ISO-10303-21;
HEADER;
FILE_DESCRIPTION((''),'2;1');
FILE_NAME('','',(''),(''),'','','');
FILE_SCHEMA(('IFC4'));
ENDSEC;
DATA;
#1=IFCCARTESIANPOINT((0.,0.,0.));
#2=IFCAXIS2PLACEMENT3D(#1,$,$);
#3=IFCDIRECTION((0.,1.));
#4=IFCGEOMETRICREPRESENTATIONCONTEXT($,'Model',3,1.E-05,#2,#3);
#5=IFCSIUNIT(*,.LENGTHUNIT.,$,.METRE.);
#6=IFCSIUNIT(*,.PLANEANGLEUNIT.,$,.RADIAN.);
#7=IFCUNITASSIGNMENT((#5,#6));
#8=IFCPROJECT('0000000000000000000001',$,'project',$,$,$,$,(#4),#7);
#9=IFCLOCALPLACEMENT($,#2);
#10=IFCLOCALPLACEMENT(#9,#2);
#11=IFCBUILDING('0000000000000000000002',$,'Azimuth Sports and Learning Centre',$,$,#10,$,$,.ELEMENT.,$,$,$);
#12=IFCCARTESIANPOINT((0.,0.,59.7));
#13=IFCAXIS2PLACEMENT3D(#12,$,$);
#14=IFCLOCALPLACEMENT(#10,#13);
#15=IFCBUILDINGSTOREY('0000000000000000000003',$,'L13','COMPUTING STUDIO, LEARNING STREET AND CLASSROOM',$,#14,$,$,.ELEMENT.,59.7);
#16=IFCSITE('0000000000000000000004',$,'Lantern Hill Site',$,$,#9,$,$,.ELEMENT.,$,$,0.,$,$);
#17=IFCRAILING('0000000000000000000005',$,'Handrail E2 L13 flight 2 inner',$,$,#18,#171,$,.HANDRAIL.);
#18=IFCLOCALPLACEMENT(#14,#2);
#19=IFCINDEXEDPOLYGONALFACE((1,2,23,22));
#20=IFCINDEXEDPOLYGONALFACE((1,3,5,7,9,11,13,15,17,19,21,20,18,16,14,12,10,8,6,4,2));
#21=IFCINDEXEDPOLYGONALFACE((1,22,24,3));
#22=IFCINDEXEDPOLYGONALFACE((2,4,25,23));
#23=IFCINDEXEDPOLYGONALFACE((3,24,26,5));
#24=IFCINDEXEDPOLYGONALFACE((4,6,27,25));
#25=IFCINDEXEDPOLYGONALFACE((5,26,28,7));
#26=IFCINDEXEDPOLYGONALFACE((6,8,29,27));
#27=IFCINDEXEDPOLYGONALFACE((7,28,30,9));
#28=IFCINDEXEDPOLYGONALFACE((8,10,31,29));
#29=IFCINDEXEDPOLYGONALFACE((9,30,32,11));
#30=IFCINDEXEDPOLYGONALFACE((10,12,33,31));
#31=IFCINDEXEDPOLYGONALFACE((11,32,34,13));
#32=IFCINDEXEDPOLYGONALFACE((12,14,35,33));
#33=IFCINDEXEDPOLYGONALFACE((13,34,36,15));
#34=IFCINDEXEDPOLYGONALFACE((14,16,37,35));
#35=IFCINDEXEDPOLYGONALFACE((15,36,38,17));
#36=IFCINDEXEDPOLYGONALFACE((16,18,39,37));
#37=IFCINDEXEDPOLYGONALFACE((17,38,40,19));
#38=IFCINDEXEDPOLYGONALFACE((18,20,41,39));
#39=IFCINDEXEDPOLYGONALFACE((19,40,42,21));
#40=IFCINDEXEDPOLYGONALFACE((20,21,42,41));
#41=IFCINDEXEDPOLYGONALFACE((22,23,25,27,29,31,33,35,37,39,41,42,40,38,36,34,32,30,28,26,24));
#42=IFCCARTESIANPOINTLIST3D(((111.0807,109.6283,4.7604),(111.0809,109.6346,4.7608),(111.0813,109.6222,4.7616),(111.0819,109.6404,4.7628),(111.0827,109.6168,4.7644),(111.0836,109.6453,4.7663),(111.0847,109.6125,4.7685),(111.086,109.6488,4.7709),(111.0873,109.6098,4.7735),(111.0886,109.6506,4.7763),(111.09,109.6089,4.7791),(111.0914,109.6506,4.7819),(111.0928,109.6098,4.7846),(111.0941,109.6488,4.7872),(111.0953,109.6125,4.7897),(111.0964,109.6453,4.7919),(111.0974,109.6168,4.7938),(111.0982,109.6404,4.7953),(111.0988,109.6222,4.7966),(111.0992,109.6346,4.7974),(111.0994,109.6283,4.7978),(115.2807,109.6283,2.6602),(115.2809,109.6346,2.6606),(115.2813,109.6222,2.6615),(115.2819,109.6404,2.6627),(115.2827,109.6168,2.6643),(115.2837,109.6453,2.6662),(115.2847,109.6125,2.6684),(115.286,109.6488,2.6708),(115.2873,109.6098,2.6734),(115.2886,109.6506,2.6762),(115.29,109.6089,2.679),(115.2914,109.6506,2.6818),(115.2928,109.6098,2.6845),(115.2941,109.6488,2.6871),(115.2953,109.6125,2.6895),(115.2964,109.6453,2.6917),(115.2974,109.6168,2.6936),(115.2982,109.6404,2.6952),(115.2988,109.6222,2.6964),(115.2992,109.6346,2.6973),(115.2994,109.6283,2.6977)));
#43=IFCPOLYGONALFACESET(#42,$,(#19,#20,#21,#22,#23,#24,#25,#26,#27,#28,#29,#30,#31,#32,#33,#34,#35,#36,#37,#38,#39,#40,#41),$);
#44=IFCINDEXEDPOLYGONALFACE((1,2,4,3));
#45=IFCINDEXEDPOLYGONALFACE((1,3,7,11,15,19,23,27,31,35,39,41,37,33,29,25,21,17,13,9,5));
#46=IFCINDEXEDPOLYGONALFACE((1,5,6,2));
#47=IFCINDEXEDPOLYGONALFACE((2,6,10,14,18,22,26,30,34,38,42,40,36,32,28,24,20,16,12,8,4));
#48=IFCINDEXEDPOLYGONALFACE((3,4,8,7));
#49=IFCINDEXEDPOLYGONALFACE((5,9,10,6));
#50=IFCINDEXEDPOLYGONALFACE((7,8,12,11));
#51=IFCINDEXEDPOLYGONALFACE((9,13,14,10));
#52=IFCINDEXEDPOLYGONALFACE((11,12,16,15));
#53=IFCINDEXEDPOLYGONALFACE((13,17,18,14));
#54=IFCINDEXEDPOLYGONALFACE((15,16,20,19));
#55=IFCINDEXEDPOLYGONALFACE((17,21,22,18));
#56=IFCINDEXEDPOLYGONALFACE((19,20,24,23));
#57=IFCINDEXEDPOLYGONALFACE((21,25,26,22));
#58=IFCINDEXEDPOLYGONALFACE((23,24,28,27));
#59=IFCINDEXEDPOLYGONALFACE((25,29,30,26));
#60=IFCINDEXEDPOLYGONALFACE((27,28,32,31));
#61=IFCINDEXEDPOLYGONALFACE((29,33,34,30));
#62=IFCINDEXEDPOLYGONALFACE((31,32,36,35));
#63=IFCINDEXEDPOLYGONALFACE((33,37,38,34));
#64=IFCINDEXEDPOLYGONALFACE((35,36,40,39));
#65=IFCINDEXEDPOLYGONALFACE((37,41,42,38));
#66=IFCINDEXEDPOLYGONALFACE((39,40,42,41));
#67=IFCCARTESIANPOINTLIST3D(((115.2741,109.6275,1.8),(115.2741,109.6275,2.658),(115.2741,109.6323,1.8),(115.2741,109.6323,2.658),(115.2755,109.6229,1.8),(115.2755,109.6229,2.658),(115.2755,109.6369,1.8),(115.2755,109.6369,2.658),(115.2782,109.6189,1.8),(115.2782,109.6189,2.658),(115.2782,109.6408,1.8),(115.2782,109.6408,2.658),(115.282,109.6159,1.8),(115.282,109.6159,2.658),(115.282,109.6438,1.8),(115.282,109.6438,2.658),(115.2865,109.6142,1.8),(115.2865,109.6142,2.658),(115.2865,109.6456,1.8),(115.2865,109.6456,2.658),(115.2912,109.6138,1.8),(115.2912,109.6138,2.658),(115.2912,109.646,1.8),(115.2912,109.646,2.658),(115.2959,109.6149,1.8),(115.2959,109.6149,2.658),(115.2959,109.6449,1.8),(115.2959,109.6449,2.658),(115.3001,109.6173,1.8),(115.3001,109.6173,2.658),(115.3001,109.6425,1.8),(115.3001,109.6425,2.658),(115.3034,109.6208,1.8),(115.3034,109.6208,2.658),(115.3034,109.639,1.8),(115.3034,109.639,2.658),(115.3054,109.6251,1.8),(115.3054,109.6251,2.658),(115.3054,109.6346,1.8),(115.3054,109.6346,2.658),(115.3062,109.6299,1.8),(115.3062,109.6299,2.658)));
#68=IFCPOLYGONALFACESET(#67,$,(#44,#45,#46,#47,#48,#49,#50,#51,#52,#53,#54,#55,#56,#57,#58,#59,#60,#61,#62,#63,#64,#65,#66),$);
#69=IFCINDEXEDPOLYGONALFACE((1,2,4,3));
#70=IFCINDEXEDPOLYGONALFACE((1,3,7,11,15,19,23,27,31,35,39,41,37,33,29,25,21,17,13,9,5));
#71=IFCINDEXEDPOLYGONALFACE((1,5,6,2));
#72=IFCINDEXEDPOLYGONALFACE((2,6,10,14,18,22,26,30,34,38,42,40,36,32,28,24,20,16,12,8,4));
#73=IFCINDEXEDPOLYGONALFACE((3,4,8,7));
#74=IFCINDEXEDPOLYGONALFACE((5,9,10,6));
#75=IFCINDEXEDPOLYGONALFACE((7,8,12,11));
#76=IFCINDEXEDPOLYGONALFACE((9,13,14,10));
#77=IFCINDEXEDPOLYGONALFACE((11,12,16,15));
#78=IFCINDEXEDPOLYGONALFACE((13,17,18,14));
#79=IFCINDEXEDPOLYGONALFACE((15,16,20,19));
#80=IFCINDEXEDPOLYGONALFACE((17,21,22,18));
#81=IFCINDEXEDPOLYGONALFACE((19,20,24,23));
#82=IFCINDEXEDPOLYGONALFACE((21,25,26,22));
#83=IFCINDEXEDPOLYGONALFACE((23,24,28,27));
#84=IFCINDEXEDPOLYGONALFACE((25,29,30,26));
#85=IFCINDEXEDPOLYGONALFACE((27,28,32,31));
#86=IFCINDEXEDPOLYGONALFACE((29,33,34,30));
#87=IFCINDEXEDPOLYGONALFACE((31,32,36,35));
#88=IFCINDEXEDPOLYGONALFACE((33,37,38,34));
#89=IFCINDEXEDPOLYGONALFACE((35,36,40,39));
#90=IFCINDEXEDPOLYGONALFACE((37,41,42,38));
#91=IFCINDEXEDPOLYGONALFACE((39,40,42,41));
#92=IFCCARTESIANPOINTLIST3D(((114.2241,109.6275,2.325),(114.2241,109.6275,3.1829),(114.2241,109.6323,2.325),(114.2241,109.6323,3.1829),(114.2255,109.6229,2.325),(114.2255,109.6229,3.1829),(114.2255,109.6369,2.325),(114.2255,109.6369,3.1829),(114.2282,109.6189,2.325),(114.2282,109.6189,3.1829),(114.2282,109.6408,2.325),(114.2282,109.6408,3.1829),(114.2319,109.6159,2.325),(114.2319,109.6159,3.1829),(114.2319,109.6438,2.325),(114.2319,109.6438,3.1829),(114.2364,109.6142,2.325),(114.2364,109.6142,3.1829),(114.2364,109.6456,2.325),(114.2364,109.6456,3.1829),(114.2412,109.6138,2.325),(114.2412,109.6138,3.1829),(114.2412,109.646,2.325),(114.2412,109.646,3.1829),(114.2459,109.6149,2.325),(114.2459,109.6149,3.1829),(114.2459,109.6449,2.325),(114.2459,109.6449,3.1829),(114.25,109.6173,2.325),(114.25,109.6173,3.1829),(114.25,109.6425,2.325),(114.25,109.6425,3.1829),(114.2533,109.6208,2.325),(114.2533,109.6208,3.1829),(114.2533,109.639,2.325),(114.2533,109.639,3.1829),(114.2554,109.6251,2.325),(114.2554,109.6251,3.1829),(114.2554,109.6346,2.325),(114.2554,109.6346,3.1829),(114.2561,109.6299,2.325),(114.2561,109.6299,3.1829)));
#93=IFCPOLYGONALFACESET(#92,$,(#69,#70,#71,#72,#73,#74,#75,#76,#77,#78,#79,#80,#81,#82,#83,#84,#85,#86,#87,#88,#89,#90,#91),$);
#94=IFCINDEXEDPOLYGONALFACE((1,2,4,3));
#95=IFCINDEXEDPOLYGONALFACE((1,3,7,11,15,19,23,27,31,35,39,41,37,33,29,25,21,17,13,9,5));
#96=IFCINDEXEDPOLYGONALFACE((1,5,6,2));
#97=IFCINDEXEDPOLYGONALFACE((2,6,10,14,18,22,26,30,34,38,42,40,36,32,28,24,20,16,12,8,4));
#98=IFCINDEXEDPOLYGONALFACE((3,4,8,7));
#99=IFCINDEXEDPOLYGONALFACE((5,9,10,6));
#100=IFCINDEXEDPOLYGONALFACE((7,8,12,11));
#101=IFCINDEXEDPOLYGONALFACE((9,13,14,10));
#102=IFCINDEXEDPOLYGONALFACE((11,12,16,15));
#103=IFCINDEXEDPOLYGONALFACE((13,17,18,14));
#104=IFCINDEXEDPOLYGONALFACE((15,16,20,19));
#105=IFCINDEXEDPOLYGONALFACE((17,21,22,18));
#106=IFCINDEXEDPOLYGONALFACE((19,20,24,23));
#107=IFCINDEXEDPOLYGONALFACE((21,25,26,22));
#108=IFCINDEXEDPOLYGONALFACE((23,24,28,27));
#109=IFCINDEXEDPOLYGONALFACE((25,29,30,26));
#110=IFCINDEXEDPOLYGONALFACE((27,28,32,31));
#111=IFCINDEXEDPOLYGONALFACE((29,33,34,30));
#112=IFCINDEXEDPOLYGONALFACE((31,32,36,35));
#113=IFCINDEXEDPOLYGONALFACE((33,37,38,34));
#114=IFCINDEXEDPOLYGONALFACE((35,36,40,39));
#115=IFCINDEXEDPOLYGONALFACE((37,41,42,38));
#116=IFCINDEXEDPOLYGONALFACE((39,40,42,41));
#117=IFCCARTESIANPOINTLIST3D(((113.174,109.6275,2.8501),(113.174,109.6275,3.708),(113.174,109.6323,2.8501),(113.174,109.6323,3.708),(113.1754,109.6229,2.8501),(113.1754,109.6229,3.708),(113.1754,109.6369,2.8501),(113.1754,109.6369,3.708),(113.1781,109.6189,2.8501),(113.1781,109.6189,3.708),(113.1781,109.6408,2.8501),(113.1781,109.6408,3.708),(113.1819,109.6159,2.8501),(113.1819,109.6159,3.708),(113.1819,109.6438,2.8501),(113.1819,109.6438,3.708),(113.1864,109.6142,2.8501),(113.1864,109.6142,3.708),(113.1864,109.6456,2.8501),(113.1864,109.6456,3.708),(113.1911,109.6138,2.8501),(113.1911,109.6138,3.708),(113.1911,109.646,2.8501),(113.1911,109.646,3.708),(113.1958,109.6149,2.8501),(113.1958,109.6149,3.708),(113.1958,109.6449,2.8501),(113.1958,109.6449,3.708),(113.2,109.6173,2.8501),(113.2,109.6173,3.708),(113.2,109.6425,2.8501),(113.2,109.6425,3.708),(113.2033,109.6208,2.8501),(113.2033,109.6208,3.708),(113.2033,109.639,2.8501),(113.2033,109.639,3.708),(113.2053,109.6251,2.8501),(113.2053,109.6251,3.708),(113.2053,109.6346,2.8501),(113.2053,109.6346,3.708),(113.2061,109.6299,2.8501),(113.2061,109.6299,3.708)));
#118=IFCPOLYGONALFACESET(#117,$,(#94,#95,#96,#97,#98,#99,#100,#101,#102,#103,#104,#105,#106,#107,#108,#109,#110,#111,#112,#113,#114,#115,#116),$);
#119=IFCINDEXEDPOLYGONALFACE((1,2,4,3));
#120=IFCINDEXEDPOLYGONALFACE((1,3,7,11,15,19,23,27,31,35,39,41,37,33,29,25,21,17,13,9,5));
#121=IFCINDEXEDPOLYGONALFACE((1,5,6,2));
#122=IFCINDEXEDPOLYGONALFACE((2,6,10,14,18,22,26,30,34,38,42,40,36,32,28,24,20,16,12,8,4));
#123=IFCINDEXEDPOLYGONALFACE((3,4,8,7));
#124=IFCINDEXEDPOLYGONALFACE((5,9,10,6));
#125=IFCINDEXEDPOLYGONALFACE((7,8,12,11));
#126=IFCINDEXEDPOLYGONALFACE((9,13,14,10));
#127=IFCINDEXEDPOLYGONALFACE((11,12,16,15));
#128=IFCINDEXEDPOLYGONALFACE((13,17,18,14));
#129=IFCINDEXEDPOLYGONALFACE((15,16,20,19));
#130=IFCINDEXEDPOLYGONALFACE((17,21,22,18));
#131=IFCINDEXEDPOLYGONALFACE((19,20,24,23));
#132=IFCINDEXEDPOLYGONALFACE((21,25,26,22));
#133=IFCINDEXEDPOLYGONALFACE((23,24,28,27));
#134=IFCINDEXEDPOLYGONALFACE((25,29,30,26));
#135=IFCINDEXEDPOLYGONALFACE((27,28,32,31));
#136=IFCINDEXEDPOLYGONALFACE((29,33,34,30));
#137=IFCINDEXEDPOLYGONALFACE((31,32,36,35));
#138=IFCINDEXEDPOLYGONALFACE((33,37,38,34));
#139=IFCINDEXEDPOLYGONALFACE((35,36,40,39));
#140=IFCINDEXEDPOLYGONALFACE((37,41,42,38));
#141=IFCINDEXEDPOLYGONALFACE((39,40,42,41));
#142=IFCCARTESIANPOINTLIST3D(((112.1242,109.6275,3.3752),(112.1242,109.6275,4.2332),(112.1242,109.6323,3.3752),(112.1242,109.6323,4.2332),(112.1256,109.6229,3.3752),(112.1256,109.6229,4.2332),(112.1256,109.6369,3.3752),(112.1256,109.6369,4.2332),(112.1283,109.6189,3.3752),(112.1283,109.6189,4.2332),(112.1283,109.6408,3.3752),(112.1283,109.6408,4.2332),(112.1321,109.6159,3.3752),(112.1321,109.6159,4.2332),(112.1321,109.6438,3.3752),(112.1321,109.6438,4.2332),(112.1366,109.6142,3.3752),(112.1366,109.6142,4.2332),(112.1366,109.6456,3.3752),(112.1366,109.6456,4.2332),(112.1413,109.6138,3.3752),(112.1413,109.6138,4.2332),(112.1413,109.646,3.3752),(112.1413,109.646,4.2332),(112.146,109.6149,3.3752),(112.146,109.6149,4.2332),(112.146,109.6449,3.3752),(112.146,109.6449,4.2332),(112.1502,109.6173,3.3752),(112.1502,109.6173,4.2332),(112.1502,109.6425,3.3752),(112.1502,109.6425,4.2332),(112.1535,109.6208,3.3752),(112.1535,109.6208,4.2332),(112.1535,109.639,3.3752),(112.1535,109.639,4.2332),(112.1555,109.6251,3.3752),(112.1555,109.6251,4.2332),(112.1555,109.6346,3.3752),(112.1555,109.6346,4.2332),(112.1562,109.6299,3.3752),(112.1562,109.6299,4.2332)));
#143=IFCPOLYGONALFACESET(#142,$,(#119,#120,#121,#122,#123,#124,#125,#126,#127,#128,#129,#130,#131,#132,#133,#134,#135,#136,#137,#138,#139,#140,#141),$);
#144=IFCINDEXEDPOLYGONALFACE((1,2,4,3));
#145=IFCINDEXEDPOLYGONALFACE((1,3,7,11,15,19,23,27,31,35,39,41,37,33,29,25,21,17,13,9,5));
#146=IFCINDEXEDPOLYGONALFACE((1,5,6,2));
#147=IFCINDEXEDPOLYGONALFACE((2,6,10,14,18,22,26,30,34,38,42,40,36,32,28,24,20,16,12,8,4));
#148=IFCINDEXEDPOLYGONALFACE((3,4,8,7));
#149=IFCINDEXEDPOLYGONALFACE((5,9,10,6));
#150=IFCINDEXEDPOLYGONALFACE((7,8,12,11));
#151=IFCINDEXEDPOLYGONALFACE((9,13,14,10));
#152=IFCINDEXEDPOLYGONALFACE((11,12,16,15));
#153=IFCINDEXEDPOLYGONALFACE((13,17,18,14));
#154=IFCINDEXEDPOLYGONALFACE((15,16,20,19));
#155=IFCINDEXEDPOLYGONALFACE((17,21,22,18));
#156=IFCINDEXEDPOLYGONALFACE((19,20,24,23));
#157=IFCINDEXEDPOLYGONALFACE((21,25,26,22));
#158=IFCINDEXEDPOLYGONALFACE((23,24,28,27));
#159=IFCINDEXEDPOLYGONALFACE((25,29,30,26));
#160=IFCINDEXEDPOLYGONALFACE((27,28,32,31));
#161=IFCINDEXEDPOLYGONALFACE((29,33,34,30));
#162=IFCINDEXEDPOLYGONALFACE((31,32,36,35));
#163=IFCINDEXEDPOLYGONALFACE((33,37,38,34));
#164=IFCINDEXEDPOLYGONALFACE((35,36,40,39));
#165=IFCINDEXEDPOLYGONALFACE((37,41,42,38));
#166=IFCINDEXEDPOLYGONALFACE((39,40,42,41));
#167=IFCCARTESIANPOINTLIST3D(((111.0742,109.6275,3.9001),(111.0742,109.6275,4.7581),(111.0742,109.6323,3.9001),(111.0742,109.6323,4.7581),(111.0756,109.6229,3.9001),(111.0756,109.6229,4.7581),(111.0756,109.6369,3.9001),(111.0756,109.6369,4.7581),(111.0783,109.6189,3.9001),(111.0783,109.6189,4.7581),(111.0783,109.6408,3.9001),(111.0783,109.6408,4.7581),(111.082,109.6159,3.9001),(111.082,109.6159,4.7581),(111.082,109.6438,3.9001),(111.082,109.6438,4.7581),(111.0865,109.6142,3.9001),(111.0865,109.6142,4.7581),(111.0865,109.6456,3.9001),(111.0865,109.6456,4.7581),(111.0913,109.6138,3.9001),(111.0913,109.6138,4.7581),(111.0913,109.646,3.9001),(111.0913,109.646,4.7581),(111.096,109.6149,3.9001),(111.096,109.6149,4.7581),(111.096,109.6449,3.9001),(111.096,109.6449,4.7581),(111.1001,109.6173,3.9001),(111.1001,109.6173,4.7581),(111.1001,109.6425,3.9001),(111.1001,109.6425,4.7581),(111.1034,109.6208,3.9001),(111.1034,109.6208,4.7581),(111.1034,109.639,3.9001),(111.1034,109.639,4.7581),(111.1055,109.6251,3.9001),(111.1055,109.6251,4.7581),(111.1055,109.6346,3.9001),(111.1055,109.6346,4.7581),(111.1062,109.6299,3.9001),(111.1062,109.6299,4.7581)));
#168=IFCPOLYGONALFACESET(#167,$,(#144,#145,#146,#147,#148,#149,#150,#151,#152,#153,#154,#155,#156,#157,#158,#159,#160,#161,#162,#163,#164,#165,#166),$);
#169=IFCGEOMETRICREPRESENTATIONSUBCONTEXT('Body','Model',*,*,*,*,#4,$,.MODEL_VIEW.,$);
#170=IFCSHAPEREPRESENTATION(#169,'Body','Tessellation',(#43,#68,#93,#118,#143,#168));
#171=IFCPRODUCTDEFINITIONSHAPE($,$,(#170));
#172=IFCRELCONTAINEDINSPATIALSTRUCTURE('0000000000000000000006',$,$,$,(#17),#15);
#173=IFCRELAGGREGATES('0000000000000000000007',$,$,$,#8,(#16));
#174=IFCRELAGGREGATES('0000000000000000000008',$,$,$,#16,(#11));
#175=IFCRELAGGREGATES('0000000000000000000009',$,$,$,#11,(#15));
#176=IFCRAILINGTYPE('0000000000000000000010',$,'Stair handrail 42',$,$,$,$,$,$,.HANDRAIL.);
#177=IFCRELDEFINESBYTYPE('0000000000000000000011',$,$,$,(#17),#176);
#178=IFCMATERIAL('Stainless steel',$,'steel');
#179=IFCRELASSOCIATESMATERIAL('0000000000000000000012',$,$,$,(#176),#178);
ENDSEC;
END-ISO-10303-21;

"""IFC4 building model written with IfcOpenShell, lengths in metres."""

from ifc_helpers import new_model, si_unit, direction, frame, origin, origin_2d, place, context, subcontext, project, spatial, circle, extrude, material, type_object, element, save


model = new_model("IFC4")

# Units and contexts
model_context = context("Model", 3, precision=1e-05, world=origin(), true_north=direction((0.0, 1.0)))
body_context = subcontext(model_context, "Body", "Model", "MODEL_VIEW")
ifc_project = project(units=[si_unit("LENGTHUNIT", "METRE"), si_unit("PLANEANGLEUNIT", "RADIAN")], contexts=[model_context])

# Site, building, storey
site_placement = place(None, origin())
site = spatial("IfcSite", under=ifc_project, at=site_placement, Name="Lantern Hill Site", CompositionType="ELEMENT", RefElevation=0.0)
building_placement = place(site_placement, origin())
building = spatial("IfcBuilding", under=site, at=building_placement, Name="Azimuth Sports and Learning Centre", CompositionType="ELEMENT")
storey_placement = place(building_placement, frame((0.0, 0.0, 59.7)))
storey = spatial("IfcBuildingStorey", under=building, at=storey_placement, Name="L13", Description="COMPUTING STUDIO, LEARNING STREET AND CLASSROOM", CompositionType="ELEMENT", Elevation=59.7)

# Railing
ifc_material_1 = material(Name="Stainless steel", Category="steel")
railing_type = type_object("IfcRailingType", Name="Stair handrail 42", PredefinedType="HANDRAIL", material=ifc_material_1)
for number, where, name in (
    (1, (115.29, 109.6299, 1.8), "Handrail E2 L13 flight 2 inner"),
):
    element("IfcRailing", number, at=place(storey_placement, frame(where)), inside=storey, type_object=railing_type, Name=name, PredefinedType="HANDRAIL", context=body_context, shape_type="SweptSolid", body=[
        extrude(circle(Radius=0.021, at=origin_2d()), frame((0.0, 0.0, 0.8789), z_axis=(-0.894417, 0.0, 0.447234), x_axis=(0.0, -1.0, 0.0)), (0.0, 0.0, 1.0), 4.6958),
        extrude(circle(Radius=0.0161, at=origin_2d()), origin(), (0.0, 0.0, 1.0), 0.8579),
        extrude(circle(Radius=0.0161, at=origin_2d()), frame((-1.05, 0.0, 0.5249)), (0.0, 0.0, 1.0), 0.8579),
        extrude(circle(Radius=0.0161, at=origin_2d()), frame((-2.1001, 0.0, 1.05)), (0.0, 0.0, 1.0), 0.8579),
        extrude(circle(Radius=0.0161, at=origin_2d()), frame((-3.1499, 0.0, 1.5752)), (0.0, 0.0, 1.0), 0.8579),
        extrude(circle(Radius=0.0161, at=origin_2d()), frame((-4.2, 0.0, 2.1001)), (0.0, 0.0, 1.0), 0.8579),
    ])

save(model, "model.ifc")
